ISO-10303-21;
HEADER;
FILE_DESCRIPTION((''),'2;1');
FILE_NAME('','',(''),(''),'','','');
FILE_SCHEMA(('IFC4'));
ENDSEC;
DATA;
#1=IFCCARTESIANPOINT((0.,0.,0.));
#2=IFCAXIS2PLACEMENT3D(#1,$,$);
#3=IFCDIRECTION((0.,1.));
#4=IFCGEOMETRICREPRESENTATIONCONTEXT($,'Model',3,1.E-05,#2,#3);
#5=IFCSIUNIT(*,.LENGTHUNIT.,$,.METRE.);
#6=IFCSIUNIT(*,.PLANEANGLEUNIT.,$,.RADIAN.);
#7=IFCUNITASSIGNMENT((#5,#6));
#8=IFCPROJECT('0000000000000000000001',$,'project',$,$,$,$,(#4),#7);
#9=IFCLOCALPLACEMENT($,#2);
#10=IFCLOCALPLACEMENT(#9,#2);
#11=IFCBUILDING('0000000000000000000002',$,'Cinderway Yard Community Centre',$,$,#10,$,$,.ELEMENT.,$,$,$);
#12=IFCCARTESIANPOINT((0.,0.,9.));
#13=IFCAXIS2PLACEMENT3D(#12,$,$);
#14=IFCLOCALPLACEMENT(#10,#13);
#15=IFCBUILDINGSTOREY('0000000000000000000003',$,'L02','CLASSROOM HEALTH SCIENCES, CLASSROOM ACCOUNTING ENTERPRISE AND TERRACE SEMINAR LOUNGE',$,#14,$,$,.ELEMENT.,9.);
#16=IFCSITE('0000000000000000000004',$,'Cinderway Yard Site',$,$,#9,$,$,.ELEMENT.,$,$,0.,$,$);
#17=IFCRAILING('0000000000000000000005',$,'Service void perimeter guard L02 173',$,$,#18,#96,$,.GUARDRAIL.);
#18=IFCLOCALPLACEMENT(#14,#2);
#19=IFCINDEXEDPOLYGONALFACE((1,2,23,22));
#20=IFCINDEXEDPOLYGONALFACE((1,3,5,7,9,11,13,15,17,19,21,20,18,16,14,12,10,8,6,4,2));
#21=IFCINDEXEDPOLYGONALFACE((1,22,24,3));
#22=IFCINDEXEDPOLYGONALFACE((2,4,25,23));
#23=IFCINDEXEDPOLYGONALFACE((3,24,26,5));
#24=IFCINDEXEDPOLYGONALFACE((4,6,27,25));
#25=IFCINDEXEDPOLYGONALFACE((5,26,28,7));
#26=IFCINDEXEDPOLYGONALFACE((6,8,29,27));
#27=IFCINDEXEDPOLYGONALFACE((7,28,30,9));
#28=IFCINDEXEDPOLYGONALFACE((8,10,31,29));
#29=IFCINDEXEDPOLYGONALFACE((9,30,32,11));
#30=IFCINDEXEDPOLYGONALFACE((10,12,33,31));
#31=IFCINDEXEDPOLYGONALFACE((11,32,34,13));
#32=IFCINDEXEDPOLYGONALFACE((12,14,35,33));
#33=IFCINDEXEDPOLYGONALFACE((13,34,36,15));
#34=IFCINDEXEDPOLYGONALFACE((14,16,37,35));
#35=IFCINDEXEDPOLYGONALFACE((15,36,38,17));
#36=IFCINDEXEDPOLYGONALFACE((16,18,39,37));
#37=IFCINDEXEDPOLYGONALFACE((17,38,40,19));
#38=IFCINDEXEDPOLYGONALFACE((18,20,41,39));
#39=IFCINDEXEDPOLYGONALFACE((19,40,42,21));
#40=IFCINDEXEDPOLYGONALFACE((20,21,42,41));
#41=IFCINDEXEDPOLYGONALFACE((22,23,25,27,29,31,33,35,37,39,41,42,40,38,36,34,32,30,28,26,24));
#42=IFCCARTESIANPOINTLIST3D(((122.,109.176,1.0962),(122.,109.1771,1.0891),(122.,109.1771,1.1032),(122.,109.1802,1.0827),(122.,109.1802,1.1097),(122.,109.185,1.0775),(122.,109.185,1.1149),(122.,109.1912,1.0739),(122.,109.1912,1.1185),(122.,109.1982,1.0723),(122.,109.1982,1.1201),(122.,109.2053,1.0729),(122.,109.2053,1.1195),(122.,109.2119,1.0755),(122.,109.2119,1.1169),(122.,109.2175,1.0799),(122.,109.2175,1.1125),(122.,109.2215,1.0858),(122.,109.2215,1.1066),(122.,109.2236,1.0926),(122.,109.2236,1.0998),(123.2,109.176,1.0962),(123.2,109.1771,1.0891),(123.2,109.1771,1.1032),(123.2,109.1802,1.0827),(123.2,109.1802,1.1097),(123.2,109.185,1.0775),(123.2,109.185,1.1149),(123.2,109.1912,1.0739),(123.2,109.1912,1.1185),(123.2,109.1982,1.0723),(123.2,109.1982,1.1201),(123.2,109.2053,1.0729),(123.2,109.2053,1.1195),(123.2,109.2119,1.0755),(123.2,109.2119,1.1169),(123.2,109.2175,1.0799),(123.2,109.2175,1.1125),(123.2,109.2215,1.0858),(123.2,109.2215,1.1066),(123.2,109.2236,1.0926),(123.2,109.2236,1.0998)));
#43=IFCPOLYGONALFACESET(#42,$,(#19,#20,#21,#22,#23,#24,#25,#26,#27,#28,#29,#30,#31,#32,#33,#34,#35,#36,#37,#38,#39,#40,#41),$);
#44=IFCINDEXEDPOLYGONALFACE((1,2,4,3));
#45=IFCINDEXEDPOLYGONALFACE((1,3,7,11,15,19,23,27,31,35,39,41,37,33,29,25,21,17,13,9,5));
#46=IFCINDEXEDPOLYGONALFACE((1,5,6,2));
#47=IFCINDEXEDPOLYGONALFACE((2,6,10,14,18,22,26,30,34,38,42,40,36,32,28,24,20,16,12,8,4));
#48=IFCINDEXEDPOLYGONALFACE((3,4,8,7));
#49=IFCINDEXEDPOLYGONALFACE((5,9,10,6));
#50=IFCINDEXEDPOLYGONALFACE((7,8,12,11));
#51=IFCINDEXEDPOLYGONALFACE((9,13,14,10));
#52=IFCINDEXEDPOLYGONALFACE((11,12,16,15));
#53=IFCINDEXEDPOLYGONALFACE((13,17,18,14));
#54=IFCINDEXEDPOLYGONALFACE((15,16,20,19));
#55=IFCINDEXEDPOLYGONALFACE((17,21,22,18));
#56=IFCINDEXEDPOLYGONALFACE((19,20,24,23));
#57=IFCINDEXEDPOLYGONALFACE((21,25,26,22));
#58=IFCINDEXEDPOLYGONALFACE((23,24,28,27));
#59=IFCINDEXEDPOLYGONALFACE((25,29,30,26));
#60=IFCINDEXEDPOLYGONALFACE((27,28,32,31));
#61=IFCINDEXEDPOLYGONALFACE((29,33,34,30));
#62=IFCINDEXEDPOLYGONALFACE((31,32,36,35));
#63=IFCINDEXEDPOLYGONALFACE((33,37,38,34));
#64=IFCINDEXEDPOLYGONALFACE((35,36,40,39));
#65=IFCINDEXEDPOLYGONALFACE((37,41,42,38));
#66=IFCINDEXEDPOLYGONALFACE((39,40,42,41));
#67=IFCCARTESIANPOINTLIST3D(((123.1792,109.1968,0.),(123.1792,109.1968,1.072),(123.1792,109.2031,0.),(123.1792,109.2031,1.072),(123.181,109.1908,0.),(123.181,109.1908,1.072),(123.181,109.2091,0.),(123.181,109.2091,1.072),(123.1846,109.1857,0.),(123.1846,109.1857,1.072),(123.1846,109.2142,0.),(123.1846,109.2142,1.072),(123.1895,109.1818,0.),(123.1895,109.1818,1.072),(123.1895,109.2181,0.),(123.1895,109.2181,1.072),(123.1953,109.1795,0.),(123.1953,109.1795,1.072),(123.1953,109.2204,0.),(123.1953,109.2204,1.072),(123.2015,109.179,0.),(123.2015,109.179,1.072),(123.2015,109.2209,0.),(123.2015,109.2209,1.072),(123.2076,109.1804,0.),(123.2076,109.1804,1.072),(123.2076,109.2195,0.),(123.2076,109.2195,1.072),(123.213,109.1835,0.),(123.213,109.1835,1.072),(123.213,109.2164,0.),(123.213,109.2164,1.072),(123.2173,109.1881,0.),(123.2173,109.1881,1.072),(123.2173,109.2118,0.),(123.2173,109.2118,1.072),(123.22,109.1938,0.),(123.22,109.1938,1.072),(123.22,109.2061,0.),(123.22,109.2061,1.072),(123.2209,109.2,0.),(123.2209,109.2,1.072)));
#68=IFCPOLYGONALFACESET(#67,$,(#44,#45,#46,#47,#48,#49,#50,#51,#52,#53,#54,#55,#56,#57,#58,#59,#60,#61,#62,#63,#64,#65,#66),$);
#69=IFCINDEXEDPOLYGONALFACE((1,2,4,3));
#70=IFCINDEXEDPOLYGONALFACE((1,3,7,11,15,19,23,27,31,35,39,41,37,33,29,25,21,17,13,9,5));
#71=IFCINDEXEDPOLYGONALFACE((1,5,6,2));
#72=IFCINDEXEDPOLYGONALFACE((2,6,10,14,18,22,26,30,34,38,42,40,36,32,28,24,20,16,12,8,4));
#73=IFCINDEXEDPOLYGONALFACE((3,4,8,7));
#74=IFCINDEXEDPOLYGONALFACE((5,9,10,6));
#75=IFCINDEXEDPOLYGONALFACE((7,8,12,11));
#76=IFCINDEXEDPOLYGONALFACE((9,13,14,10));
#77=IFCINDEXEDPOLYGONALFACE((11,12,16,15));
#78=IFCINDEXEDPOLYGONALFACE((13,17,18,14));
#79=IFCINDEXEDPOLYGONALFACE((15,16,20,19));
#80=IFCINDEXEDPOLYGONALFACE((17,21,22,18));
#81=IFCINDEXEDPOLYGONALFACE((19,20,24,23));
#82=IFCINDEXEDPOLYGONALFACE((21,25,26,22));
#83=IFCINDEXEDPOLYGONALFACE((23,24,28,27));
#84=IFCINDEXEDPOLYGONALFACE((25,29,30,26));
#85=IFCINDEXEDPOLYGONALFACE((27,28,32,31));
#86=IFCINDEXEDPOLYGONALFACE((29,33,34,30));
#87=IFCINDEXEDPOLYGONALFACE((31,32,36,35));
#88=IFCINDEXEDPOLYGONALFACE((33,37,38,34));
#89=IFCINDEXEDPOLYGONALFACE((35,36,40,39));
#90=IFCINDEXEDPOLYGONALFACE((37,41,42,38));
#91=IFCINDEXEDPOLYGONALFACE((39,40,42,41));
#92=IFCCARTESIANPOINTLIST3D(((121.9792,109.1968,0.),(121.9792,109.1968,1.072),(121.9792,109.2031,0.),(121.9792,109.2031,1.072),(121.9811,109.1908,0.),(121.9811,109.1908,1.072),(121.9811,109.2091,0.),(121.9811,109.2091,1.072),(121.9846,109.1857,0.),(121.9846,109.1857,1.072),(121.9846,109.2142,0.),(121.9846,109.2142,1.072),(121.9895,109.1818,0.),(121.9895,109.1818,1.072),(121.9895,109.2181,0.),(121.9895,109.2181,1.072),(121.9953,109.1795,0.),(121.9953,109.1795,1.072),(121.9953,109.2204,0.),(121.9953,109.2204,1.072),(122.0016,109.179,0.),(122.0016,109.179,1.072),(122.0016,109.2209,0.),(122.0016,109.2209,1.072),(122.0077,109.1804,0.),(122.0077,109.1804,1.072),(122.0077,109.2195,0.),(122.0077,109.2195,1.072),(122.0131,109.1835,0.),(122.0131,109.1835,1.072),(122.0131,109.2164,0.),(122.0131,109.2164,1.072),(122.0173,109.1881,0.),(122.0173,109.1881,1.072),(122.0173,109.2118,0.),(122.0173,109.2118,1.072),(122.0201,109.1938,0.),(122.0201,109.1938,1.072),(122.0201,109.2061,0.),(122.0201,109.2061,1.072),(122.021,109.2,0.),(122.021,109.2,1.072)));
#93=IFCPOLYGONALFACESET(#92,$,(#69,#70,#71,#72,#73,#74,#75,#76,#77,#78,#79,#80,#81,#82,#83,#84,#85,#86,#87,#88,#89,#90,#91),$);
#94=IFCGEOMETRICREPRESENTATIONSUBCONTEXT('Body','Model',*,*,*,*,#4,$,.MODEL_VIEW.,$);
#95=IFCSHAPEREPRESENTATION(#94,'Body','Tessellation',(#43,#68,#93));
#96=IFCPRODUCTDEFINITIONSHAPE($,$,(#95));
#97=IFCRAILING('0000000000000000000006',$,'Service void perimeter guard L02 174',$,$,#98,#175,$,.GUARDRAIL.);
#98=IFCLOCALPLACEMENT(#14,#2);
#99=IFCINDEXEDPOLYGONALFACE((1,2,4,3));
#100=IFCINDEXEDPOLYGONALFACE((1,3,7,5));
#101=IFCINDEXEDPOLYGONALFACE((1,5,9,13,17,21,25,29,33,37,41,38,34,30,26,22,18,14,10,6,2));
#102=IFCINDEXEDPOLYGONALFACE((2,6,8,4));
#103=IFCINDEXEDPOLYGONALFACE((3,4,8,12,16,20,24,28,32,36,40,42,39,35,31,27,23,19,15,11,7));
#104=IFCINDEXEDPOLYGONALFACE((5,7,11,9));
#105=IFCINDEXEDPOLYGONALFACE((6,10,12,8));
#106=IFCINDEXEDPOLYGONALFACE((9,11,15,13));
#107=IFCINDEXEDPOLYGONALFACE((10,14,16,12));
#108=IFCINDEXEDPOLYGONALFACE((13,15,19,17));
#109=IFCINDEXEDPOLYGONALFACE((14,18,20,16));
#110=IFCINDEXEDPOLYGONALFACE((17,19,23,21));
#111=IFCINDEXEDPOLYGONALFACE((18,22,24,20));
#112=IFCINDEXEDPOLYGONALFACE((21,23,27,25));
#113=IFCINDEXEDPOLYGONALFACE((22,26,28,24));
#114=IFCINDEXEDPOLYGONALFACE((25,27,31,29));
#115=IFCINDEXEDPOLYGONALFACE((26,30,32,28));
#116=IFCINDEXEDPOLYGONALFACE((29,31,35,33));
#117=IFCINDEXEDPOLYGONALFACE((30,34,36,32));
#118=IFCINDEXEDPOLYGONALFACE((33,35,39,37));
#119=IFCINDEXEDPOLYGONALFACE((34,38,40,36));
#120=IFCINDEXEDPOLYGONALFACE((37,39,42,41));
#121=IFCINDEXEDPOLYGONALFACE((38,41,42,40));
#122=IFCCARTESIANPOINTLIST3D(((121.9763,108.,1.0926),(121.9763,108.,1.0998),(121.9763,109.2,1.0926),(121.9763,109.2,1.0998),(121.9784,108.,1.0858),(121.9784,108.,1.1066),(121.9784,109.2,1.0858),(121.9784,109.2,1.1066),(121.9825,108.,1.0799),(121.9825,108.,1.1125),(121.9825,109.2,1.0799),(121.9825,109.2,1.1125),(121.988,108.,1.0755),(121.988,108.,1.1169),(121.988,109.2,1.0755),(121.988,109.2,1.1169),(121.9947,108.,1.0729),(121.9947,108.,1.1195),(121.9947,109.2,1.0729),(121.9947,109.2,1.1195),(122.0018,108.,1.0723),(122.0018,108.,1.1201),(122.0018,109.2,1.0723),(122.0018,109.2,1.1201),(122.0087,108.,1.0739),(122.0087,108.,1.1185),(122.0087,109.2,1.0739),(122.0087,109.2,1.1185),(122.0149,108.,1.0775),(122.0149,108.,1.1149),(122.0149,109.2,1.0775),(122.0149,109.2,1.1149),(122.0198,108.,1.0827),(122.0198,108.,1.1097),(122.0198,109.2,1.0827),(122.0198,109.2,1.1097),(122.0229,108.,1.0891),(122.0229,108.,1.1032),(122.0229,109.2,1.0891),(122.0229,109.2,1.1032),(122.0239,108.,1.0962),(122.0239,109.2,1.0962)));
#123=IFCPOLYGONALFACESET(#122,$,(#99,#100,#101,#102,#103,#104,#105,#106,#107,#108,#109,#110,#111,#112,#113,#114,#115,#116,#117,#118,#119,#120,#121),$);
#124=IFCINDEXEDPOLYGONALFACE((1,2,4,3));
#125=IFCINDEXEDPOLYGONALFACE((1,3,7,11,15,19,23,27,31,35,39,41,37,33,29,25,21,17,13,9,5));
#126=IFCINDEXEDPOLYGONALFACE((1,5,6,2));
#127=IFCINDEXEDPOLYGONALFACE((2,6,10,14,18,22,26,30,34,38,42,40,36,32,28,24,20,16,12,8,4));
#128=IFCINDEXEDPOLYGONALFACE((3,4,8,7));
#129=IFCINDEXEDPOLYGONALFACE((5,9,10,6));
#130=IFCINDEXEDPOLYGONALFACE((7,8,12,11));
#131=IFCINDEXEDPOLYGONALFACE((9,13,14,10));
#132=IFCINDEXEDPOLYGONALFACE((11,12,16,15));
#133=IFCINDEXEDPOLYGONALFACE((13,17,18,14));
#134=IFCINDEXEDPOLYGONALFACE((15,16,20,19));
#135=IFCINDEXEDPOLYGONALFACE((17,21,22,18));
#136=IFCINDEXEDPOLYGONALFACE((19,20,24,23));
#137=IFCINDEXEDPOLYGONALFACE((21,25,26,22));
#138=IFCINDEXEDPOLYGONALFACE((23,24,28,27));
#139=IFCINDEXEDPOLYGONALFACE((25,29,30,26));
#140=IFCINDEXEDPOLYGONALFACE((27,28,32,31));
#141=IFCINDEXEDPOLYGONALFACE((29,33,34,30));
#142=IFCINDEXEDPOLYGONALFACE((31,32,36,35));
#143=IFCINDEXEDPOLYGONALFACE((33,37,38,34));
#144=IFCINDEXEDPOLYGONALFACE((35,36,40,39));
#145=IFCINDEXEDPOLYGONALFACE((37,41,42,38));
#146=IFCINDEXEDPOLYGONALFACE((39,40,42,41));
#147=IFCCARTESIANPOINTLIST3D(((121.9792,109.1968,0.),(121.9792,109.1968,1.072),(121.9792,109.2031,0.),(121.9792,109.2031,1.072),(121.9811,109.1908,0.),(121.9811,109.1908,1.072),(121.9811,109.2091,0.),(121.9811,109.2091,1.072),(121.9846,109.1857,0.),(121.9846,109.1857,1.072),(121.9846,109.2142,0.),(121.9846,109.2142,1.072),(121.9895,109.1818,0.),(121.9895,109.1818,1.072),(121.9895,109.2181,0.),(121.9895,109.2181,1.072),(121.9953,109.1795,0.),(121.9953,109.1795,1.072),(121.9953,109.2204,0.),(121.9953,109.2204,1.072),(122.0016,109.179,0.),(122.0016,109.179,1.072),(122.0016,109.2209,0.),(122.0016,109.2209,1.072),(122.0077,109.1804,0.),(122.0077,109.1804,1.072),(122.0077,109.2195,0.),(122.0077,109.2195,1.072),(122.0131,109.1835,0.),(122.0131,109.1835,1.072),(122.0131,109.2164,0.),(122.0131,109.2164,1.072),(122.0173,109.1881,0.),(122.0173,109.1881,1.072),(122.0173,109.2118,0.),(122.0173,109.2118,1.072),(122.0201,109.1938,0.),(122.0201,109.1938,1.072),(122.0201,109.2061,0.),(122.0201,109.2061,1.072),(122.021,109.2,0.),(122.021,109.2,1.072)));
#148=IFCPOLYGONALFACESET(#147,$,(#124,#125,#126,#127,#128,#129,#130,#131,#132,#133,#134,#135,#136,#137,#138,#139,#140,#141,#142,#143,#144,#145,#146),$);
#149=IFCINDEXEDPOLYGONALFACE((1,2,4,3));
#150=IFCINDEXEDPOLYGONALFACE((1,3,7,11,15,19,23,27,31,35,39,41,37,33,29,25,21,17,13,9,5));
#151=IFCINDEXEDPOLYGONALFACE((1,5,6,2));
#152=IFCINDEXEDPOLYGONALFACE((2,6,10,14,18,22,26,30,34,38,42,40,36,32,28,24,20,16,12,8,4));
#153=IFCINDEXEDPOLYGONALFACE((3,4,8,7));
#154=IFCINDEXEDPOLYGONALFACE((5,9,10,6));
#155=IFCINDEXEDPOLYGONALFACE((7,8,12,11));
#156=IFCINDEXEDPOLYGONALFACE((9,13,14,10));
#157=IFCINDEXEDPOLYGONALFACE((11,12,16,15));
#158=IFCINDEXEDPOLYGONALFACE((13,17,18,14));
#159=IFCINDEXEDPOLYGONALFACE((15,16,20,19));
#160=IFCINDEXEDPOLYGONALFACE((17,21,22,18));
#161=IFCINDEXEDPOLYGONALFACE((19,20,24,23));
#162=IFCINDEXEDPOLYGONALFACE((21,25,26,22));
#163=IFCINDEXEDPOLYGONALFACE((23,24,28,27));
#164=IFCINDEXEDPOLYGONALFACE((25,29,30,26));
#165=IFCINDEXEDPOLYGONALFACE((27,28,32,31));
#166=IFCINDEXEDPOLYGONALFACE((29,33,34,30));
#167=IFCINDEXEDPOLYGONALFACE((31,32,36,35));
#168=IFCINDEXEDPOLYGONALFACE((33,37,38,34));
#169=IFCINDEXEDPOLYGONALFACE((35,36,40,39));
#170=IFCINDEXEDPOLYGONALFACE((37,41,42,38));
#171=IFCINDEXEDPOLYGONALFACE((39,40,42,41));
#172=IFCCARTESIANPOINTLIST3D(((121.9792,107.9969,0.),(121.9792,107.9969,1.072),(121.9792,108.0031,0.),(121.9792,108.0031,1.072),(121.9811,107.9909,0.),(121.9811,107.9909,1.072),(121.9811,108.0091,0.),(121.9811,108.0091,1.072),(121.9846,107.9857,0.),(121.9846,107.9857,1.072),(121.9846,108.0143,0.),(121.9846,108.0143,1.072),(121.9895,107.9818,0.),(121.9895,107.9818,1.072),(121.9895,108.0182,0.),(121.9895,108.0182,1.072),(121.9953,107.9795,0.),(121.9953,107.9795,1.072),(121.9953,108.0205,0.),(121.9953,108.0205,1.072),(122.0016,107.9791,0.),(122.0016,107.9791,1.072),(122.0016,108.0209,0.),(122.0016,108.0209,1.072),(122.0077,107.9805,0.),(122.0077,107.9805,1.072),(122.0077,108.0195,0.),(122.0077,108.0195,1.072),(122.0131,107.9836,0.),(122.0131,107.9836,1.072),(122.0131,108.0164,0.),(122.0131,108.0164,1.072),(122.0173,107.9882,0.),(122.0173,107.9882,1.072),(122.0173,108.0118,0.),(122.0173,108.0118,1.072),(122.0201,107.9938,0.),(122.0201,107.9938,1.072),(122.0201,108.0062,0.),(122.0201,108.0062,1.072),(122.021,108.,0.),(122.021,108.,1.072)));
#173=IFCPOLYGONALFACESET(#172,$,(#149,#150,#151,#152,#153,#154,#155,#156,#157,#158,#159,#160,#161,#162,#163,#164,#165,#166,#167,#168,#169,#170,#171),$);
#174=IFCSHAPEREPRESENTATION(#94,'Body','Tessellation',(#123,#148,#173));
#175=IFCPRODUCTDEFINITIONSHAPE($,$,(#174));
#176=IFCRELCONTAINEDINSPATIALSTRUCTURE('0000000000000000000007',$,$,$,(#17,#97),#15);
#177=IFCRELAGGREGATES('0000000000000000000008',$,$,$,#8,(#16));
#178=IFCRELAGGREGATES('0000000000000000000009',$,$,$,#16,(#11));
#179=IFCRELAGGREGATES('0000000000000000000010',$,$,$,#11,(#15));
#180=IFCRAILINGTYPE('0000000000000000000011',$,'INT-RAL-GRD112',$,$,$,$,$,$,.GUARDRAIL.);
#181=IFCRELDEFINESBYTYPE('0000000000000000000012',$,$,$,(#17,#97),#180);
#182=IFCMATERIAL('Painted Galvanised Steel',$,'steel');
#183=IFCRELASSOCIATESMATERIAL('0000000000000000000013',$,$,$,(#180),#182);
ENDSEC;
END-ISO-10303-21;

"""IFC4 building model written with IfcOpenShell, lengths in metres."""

from ifc_helpers import new_model, si_unit, direction, frame, origin, origin_2d, place, context, subcontext, project, spatial, circle, extrude, material, type_object, element, save


model = new_model("IFC4")

# Units and contexts
model_context = context("Model", 3, precision=1e-05, world=origin(), true_north=direction((0.0, 1.0)))
body_context = subcontext(model_context, "Body", "Model", "MODEL_VIEW")
ifc_project = project(units=[si_unit("LENGTHUNIT", "METRE"), si_unit("PLANEANGLEUNIT", "RADIAN")], contexts=[model_context])

# Site, building, storey
site_placement = place(None, origin())
site = spatial("IfcSite", under=ifc_project, at=site_placement, Name="Cinderway Yard Site", CompositionType="ELEMENT", RefElevation=0.0)
building_placement = place(site_placement, origin())
building = spatial("IfcBuilding", under=site, at=building_placement, Name="Cinderway Yard Community Centre", CompositionType="ELEMENT")
storey_placement = place(building_placement, frame((0.0, 0.0, 9.0)))
storey = spatial("IfcBuildingStorey", under=building, at=storey_placement, Name="L02", Description="CLASSROOM HEALTH SCIENCES, CLASSROOM ACCOUNTING ENTERPRISE AND TERRACE SEMINAR LOUNGE", CompositionType="ELEMENT", Elevation=9.0)

# Railings
ifc_material_1 = material(Name="Painted Galvanised Steel", Category="steel")
railing_type_1 = type_object("IfcRailingType", Name="INT-RAL-GRD112", PredefinedType="GUARDRAIL", material=ifc_material_1)
railing_1_placement = place(storey_placement, frame((123.2, 109.2, 0.0)))
element("IfcRailing", 1, at=railing_1_placement, inside=storey, type_object=railing_type_1, Name="Service void perimeter guard L02 173", PredefinedType="GUARDRAIL", context=body_context, shape_type="SweptSolid", body=[
    extrude(circle(Radius=0.0239, at=origin_2d()), frame((0.0, 0.0, 1.0962), z_axis=(-1.0, 0.0, 0.0), x_axis=(0.0, -1.0, 0.0)), (0.0, 0.0, 1.0), 1.2),
    extrude(circle(Radius=0.021, at=origin_2d()), origin(), (0.0, 0.0, 1.0), 1.072),
    extrude(circle(Radius=0.021, at=origin_2d()), frame((-1.2, 0.0, 0.0)), (0.0, 0.0, 1.0), 1.072),
])
railing_2_placement = place(storey_placement, frame((122.0, 109.2, 0.0)))
element("IfcRailing", 2, at=railing_2_placement, inside=storey, type_object=railing_type_1, Name="Service void perimeter guard L02 174", PredefinedType="GUARDRAIL", context=body_context, shape_type="SweptSolid", body=[
    extrude(circle(Radius=0.0239, at=origin_2d()), frame((0.0, 0.0, 1.0962), z_axis=(0.0, -1.0, 0.0), x_axis=(1.0, 0.0, 0.0)), (0.0, 0.0, 1.0), 1.2),
    extrude(circle(Radius=0.021, at=origin_2d()), origin(), (0.0, 0.0, 1.0), 1.072),
    extrude(circle(Radius=0.021, at=origin_2d()), frame((0.0, -1.2, 0.0)), (0.0, 0.0, 1.0), 1.072),
])

save(model, "model.ifc")
